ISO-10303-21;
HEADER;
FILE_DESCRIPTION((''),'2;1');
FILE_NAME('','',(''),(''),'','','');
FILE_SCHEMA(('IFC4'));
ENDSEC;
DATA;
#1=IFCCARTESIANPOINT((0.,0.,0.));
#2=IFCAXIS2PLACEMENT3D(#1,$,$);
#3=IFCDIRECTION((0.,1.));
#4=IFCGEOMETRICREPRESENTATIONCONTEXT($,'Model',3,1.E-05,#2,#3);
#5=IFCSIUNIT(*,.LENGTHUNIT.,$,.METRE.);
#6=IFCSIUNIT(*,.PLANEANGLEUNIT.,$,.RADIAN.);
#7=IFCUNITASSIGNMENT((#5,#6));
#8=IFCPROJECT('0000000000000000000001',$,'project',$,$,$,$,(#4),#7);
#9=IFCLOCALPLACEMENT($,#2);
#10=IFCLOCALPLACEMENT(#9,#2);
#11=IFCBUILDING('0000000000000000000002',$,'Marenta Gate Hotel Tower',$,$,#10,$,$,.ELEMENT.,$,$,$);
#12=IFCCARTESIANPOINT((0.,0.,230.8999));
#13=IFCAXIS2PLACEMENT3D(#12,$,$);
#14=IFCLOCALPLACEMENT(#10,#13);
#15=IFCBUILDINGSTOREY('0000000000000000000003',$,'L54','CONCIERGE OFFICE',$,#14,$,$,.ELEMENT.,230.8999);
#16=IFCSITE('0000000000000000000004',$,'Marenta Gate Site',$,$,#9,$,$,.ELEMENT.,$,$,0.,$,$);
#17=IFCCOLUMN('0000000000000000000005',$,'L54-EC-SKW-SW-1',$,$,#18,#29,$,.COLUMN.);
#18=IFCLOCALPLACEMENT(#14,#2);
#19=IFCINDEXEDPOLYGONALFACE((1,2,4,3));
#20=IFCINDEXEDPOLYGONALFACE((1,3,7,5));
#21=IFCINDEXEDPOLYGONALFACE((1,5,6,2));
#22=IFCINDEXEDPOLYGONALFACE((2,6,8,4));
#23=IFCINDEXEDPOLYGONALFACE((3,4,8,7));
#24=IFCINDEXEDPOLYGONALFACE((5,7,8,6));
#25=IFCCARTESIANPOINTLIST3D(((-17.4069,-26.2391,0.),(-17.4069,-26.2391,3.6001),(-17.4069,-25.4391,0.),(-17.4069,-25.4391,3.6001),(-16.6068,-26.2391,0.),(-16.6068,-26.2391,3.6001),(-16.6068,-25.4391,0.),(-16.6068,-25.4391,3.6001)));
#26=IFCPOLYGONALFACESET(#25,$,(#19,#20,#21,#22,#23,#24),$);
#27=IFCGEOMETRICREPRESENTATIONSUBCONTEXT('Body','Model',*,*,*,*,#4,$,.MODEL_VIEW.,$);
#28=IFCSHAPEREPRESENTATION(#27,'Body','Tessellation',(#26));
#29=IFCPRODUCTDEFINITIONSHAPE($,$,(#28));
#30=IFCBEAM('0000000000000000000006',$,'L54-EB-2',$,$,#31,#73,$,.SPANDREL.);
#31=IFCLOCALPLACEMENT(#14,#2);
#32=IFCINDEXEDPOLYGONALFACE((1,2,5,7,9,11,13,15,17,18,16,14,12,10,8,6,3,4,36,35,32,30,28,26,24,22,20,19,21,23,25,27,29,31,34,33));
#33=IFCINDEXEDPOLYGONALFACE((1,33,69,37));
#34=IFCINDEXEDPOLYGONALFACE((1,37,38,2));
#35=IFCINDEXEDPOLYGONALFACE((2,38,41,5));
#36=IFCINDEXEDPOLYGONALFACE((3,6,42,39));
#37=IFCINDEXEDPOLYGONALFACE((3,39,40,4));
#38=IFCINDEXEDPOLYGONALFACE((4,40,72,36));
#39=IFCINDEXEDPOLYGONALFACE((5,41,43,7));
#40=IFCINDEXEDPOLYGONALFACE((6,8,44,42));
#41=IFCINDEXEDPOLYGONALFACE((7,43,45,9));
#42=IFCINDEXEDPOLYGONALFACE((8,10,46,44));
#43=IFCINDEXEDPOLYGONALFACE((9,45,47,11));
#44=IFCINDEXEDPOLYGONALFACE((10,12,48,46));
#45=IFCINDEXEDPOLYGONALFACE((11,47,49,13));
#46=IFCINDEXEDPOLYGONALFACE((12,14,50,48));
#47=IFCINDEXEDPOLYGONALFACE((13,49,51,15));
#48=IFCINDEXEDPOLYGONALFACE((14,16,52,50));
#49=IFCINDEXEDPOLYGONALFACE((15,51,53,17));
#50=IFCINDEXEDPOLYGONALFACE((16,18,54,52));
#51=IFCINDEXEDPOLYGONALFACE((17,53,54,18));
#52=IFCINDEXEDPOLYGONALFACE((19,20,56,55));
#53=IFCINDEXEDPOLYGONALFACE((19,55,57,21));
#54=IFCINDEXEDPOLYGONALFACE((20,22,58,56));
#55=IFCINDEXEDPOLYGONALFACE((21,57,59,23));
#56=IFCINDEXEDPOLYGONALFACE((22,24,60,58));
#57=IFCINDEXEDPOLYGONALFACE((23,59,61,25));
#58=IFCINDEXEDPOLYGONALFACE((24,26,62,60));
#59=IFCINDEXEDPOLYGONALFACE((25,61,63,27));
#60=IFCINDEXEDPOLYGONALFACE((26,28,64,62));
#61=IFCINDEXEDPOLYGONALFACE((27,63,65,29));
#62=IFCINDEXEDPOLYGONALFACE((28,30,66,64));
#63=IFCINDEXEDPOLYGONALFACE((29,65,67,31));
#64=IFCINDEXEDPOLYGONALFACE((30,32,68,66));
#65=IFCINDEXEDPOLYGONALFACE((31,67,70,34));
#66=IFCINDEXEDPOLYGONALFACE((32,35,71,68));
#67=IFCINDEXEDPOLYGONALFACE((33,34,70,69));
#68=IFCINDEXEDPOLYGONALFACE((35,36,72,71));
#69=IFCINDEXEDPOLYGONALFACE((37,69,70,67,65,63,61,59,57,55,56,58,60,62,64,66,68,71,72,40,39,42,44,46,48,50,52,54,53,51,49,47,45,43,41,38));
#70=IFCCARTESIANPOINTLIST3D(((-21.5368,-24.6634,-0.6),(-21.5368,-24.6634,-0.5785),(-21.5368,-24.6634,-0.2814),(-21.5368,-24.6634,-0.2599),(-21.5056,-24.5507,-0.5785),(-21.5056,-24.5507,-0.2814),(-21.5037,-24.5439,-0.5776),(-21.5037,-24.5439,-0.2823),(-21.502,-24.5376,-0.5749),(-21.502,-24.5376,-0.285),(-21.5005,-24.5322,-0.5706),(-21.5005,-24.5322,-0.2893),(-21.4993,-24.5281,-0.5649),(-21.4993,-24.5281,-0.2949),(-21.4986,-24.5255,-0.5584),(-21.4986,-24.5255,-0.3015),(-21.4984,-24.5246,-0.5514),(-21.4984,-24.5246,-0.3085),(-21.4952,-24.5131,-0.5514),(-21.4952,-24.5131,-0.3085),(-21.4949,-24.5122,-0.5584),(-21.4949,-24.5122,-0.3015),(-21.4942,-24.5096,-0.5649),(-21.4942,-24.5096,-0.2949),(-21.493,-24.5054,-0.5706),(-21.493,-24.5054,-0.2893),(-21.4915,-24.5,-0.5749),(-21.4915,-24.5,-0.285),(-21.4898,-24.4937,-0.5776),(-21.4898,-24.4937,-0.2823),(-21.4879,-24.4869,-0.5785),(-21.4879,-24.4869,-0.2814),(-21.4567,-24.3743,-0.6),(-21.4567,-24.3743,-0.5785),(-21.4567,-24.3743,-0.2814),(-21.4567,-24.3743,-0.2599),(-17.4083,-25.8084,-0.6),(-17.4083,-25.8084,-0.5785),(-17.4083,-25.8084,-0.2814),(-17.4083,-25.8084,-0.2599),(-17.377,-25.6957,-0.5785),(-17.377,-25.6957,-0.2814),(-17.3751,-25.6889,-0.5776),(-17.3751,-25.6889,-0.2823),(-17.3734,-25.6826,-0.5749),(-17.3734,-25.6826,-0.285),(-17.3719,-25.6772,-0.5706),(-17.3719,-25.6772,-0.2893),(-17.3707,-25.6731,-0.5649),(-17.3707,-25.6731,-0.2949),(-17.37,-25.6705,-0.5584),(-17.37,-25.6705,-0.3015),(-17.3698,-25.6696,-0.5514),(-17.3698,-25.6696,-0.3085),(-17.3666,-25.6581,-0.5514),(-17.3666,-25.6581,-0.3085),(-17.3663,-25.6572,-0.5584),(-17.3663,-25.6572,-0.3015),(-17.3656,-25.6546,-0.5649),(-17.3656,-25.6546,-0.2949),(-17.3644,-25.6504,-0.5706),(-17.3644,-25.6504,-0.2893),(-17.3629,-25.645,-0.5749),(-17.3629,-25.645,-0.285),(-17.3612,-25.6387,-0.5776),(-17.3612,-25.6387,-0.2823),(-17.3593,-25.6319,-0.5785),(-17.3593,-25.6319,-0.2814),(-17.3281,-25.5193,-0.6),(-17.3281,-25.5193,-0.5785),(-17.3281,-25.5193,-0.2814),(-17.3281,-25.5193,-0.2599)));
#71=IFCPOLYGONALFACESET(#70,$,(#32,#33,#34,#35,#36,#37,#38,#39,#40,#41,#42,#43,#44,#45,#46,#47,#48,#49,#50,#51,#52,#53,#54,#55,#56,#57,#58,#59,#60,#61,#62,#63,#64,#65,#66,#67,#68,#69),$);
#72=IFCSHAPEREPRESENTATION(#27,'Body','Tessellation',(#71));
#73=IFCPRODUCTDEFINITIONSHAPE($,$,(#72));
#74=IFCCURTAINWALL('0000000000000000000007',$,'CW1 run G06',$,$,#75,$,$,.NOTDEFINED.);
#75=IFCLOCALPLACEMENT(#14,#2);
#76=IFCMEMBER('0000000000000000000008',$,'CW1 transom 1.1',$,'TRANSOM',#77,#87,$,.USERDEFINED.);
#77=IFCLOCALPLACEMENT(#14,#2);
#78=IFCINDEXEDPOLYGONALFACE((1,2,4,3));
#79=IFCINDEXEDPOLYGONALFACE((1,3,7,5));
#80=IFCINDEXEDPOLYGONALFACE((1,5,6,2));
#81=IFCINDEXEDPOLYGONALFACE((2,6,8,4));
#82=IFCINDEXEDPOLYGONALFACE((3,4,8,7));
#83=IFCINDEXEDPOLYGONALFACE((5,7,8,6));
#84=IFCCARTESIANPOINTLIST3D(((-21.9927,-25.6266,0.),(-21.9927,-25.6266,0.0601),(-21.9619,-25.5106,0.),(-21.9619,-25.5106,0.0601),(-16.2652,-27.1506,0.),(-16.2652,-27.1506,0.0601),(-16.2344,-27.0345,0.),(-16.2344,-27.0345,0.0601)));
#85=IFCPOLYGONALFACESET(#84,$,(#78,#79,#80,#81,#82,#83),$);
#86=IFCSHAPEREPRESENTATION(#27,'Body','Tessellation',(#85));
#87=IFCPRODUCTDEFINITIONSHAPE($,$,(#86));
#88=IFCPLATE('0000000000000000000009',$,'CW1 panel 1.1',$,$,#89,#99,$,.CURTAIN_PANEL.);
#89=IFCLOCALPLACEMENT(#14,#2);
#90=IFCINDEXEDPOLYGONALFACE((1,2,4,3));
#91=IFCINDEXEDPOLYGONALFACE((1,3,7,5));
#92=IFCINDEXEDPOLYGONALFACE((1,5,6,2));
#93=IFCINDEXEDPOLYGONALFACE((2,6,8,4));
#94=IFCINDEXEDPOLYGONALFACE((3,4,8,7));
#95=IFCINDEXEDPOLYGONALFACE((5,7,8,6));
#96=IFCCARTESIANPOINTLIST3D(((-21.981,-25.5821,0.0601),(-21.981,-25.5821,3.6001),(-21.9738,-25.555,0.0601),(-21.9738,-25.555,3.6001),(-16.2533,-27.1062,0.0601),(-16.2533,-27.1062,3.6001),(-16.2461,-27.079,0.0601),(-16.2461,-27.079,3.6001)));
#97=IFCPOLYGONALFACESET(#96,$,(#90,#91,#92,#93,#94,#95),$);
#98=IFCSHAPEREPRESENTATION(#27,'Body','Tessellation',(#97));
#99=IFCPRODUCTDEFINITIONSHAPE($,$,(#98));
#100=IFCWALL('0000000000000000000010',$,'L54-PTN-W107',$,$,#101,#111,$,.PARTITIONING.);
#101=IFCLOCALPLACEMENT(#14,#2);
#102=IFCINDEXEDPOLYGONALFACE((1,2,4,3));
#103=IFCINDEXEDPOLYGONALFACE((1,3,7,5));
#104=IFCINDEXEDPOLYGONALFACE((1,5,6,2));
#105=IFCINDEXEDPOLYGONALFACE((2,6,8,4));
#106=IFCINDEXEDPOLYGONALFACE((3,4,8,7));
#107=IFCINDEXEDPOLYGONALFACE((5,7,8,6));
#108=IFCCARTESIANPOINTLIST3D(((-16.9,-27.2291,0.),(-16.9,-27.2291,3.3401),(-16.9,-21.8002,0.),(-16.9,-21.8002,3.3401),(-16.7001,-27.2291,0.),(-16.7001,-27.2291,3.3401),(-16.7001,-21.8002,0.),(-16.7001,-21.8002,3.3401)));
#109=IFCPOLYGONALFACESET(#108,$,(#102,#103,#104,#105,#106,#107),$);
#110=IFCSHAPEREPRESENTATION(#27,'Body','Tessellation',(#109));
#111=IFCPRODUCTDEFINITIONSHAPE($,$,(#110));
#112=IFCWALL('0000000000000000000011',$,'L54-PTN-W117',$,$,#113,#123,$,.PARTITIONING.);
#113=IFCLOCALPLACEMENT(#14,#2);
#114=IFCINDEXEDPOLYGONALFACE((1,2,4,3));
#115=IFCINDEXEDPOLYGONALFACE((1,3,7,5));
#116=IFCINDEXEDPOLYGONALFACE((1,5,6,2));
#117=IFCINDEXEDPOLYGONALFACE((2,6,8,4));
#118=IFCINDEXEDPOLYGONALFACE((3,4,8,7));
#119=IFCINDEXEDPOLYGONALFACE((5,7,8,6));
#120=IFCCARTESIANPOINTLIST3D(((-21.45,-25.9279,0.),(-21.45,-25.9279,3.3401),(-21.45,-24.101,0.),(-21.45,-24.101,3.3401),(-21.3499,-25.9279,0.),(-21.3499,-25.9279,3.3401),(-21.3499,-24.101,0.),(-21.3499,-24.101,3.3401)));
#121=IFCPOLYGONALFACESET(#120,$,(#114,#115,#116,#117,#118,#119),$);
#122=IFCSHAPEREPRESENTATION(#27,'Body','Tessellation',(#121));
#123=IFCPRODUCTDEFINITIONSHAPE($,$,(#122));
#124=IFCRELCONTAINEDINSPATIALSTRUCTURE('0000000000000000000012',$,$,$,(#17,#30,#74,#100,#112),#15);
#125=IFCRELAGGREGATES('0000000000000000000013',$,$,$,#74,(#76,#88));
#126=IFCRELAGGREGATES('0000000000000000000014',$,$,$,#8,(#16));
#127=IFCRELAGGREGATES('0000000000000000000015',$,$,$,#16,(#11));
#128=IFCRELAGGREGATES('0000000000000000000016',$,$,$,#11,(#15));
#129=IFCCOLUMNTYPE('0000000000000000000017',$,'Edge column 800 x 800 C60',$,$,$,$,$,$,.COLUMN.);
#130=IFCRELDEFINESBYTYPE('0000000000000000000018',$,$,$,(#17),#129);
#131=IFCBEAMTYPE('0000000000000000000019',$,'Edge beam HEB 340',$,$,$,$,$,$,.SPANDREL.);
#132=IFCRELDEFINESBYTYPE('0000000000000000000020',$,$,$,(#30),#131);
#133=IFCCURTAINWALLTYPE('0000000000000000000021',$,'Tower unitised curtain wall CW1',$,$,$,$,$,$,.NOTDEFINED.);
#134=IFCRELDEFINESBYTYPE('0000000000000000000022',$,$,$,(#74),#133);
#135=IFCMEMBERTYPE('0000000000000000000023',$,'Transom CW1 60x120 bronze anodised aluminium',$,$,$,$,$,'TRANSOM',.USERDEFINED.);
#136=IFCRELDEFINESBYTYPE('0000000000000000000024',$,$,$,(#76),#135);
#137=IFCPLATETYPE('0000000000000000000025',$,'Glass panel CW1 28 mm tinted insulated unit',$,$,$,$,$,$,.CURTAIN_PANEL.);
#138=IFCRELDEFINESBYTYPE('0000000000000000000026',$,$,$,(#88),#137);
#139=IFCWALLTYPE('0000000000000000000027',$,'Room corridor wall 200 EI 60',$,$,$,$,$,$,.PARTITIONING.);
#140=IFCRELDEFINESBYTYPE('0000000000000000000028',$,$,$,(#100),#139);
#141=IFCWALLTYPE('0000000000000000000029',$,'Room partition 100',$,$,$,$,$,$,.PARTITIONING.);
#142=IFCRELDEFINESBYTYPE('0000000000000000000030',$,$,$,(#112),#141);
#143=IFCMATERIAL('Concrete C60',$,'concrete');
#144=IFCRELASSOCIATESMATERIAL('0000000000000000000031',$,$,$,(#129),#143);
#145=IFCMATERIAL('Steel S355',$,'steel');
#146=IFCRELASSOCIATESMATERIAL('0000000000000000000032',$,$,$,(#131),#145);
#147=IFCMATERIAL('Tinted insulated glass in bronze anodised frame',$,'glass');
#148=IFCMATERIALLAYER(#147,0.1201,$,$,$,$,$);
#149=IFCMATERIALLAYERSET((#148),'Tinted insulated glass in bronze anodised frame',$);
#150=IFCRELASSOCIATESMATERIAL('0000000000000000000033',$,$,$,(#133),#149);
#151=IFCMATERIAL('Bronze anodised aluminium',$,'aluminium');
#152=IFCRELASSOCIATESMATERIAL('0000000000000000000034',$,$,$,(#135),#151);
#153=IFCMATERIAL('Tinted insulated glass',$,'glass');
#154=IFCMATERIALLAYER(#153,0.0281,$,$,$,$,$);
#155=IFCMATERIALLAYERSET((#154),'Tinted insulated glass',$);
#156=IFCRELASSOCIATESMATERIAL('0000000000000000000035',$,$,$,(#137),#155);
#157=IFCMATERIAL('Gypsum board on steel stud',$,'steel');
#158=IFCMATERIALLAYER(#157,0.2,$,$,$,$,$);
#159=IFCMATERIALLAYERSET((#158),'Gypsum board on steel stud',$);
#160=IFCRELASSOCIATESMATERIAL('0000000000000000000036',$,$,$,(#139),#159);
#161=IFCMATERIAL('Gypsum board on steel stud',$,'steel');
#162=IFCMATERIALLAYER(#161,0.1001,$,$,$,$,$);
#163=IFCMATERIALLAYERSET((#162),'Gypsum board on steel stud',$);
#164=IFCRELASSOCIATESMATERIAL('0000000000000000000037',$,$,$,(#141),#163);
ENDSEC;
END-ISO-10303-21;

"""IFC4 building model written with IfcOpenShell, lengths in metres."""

from ifc_helpers import new_model, si_unit, direction, frame, frame_2d, origin, origin_2d, place, context, subcontext, project, spatial, rectangle, i_section, extrude, material, layer, layer_set, material_profile, profile_set, type_object, element, aggregate, save


model = new_model("IFC4")

# Units and contexts
model_context = context("Model", 3, precision=1e-05, world=origin(), true_north=direction((0.0, 1.0)))
body_context = subcontext(model_context, "Body", "Model", "MODEL_VIEW")
ifc_project = project(units=[si_unit("LENGTHUNIT", "METRE"), si_unit("PLANEANGLEUNIT", "RADIAN")], contexts=[model_context])

# Site, building, storey
site_placement = place(None, origin())
site = spatial("IfcSite", under=ifc_project, at=site_placement, Name="Marenta Gate Site", CompositionType="ELEMENT", RefElevation=0.0)
building_placement = place(site_placement, origin())
building = spatial("IfcBuilding", under=site, at=building_placement, Name="Marenta Gate Hotel Tower", CompositionType="ELEMENT")
storey_placement = place(building_placement, frame((0.0, 0.0, 230.8999)))
storey = spatial("IfcBuildingStorey", under=building, at=storey_placement, Name="L54", Description="CONCIERGE OFFICE", CompositionType="ELEMENT", Elevation=230.8999)

# Column
ifc_material_1 = material(Name="Concrete C60", Category="concrete")
ifc_material_profile_1 = material_profile(ifc_material_1, rectangle(XDim=0.8, YDim=0.8, at=origin_2d()), Name="800 x 800")
ifc_profile_set_1 = profile_set([ifc_material_profile_1], Name="Concrete C60")
column_type = type_object("IfcColumnType", Name="Edge column 800 x 800 C60", PredefinedType="COLUMN", material=ifc_profile_set_1)
column_placement = place(storey_placement, frame((-17.0068, -25.8391, 0.0), z_axis=(0.0, 0.0, 1.0), x_axis=(1.0, 0.0, 0.0)))
element("IfcColumn", 1, at=column_placement, inside=storey, type_object=column_type, Name="L54-EC-SKW-SW-1", PredefinedType="COLUMN", context=body_context, shape_type="SweptSolid", body=[
    extrude(rectangle(XDim=0.8, YDim=0.8, at=origin_2d()), origin(), (0.0, 0.0, 1.0), 3.6001),
])

# Beam
ifc_material_2 = material(Name="Steel S355", Category="steel")
ifc_material_profile_2 = material_profile(ifc_material_2, i_section(OverallWidth=0.3, OverallDepth=0.3401, WebThickness=0.012, FlangeThickness=0.0215, FilletRadius=0.0271, at=origin_2d()), Name="HEB 340")
ifc_profile_set_2 = profile_set([ifc_material_profile_2], Name="Steel S355")
beam_type = type_object("IfcBeamType", Name="Edge beam HEB 340", PredefinedType="SPANDREL", material=ifc_profile_set_2)
beam_placement = place(storey_placement, frame((-17.3682, -25.6638, -0.4299), z_axis=(-0.963628, 0.267247, 0.0), x_axis=(-0.267247, -0.963628, 0.0)))
element("IfcBeam", 2, at=beam_placement, inside=storey, type_object=beam_type, Name="L54-EB-2", PredefinedType="SPANDREL", context=body_context, shape_type="SweptSolid", body=[
    extrude(i_section(OverallWidth=0.3, OverallDepth=0.3401, WebThickness=0.012, FlangeThickness=0.0215, FilletRadius=0.0271, at=origin_2d()), origin(), (0.0, 0.0, 1.0), 4.2844),
])

# Curtain wall, member, plate
ifc_material_3 = material(Name="Tinted insulated glass in bronze anodised frame", Category="glass")
ifc_layer_1 = layer(ifc_material_3, 0.1201)
ifc_layer_set_1 = layer_set([ifc_layer_1], Name="Tinted insulated glass in bronze anodised frame")
curtain_wall_type = type_object("IfcCurtainWallType", Name="Tower unitised curtain wall CW1", PredefinedType="NOTDEFINED", material=ifc_layer_set_1)
curtain_wall_placement = place(storey_placement, origin())
curtain_wall = element("IfcCurtainWall", 3, at=curtain_wall_placement, inside=storey, type_object=curtain_wall_type, Name="CW1 run G06", PredefinedType="NOTDEFINED")
ifc_material_4 = material(Name="Bronze anodised aluminium", Category="aluminium")
ifc_material_profile_3 = material_profile(ifc_material_4, rectangle(XDim=0.1201, YDim=0.0601, at=origin_2d()), Name="Transom CW1 60x120 bronze anodised aluminium")
ifc_profile_set_3 = profile_set([ifc_material_profile_3], Name="Bronze anodised aluminium")
member_type = type_object("IfcMemberType", Name="Transom CW1 60x120 bronze anodised aluminium", ElementType="TRANSOM", PredefinedType="USERDEFINED", material=ifc_profile_set_3)
member_placement = place(storey_placement, frame((-21.9773, -25.5686, 0.03), z_axis=(0.966378, -0.257124, 0.0), x_axis=(0.257124, 0.966378, 0.0)))
member = element("IfcMember", 4, at=member_placement, type_object=member_type, Name="CW1 transom 1.1", ObjectType="TRANSOM", PredefinedType="USERDEFINED", context=body_context, shape_type="SweptSolid", body=[
    extrude(rectangle(XDim=0.1201, YDim=0.0601, at=origin_2d()), origin(), (0.0, 0.0, 1.0), 5.9268),
])
ifc_material_5 = material(Name="Tinted insulated glass", Category="glass")
ifc_layer_2 = layer(ifc_material_5, 0.0281)
ifc_layer_set_2 = layer_set([ifc_layer_2], Name="Tinted insulated glass")
plate_type = type_object("IfcPlateType", Name="Glass panel CW1 28 mm tinted insulated unit", PredefinedType="CURTAIN_PANEL", material=ifc_layer_set_2)
plate_placement = place(storey_placement, frame((-19.1135, -26.3306, 0.0601), z_axis=(0.0, 0.0, 1.0), x_axis=(0.966374, -0.257139, 0.0)))
plate = element("IfcPlate", 5, at=plate_placement, type_object=plate_type, Name="CW1 panel 1.1", PredefinedType="CURTAIN_PANEL", context=body_context, shape_type="SweptSolid", body=[
    extrude(rectangle(XDim=5.927, YDim=0.0281, at=origin_2d()), origin(), (0.0, 0.0, 1.0), 3.54),
])
aggregate(curtain_wall, [member, plate])

# Wall
ifc_material_6 = material(Name="Gypsum board on steel stud", Category="steel")
ifc_layer_3 = layer(ifc_material_6, 0.2)
ifc_layer_set_3 = layer_set([ifc_layer_3], Name="Gypsum board on steel stud")
wall_type_1 = type_object("IfcWallType", Name="Room corridor wall 200 EI 60", PredefinedType="PARTITIONING", material=ifc_layer_set_3)
wall_1_placement = place(storey_placement, frame((-16.8, -27.229, 0.0), z_axis=(0.0, 0.0, 1.0), x_axis=(0.0, 1.0, 0.0)))
element("IfcWall", 6, at=wall_1_placement, inside=storey, type_object=wall_type_1, Name="L54-PTN-W107", PredefinedType="PARTITIONING", context=body_context, shape_type="SweptSolid", body=[
    extrude(rectangle(XDim=5.429, YDim=0.2, at=frame_2d((2.7144, 0.0))), origin(), (0.0, 0.0, 1.0), 3.3401),
])

# Wall
ifc_material_7 = material(Name="Gypsum board on steel stud", Category="steel")
ifc_layer_4 = layer(ifc_material_7, 0.1001)
ifc_layer_set_4 = layer_set([ifc_layer_4], Name="Gypsum board on steel stud")
wall_type_2 = type_object("IfcWallType", Name="Room partition 100", PredefinedType="PARTITIONING", material=ifc_layer_set_4)
wall_2_placement = place(storey_placement, frame((-21.3999, -25.928, 0.0), z_axis=(0.0, 0.0, 1.0), x_axis=(0.0, 1.0, 0.0)))
element("IfcWall", 7, at=wall_2_placement, inside=storey, type_object=wall_type_2, Name="L54-PTN-W117", PredefinedType="PARTITIONING", context=body_context, shape_type="SweptSolid", body=[
    extrude(rectangle(XDim=1.8269, YDim=0.1001, at=frame_2d((0.9136, 0.0))), origin(), (0.0, 0.0, 1.0), 3.3401),
])

save(model, "model.ifc")
